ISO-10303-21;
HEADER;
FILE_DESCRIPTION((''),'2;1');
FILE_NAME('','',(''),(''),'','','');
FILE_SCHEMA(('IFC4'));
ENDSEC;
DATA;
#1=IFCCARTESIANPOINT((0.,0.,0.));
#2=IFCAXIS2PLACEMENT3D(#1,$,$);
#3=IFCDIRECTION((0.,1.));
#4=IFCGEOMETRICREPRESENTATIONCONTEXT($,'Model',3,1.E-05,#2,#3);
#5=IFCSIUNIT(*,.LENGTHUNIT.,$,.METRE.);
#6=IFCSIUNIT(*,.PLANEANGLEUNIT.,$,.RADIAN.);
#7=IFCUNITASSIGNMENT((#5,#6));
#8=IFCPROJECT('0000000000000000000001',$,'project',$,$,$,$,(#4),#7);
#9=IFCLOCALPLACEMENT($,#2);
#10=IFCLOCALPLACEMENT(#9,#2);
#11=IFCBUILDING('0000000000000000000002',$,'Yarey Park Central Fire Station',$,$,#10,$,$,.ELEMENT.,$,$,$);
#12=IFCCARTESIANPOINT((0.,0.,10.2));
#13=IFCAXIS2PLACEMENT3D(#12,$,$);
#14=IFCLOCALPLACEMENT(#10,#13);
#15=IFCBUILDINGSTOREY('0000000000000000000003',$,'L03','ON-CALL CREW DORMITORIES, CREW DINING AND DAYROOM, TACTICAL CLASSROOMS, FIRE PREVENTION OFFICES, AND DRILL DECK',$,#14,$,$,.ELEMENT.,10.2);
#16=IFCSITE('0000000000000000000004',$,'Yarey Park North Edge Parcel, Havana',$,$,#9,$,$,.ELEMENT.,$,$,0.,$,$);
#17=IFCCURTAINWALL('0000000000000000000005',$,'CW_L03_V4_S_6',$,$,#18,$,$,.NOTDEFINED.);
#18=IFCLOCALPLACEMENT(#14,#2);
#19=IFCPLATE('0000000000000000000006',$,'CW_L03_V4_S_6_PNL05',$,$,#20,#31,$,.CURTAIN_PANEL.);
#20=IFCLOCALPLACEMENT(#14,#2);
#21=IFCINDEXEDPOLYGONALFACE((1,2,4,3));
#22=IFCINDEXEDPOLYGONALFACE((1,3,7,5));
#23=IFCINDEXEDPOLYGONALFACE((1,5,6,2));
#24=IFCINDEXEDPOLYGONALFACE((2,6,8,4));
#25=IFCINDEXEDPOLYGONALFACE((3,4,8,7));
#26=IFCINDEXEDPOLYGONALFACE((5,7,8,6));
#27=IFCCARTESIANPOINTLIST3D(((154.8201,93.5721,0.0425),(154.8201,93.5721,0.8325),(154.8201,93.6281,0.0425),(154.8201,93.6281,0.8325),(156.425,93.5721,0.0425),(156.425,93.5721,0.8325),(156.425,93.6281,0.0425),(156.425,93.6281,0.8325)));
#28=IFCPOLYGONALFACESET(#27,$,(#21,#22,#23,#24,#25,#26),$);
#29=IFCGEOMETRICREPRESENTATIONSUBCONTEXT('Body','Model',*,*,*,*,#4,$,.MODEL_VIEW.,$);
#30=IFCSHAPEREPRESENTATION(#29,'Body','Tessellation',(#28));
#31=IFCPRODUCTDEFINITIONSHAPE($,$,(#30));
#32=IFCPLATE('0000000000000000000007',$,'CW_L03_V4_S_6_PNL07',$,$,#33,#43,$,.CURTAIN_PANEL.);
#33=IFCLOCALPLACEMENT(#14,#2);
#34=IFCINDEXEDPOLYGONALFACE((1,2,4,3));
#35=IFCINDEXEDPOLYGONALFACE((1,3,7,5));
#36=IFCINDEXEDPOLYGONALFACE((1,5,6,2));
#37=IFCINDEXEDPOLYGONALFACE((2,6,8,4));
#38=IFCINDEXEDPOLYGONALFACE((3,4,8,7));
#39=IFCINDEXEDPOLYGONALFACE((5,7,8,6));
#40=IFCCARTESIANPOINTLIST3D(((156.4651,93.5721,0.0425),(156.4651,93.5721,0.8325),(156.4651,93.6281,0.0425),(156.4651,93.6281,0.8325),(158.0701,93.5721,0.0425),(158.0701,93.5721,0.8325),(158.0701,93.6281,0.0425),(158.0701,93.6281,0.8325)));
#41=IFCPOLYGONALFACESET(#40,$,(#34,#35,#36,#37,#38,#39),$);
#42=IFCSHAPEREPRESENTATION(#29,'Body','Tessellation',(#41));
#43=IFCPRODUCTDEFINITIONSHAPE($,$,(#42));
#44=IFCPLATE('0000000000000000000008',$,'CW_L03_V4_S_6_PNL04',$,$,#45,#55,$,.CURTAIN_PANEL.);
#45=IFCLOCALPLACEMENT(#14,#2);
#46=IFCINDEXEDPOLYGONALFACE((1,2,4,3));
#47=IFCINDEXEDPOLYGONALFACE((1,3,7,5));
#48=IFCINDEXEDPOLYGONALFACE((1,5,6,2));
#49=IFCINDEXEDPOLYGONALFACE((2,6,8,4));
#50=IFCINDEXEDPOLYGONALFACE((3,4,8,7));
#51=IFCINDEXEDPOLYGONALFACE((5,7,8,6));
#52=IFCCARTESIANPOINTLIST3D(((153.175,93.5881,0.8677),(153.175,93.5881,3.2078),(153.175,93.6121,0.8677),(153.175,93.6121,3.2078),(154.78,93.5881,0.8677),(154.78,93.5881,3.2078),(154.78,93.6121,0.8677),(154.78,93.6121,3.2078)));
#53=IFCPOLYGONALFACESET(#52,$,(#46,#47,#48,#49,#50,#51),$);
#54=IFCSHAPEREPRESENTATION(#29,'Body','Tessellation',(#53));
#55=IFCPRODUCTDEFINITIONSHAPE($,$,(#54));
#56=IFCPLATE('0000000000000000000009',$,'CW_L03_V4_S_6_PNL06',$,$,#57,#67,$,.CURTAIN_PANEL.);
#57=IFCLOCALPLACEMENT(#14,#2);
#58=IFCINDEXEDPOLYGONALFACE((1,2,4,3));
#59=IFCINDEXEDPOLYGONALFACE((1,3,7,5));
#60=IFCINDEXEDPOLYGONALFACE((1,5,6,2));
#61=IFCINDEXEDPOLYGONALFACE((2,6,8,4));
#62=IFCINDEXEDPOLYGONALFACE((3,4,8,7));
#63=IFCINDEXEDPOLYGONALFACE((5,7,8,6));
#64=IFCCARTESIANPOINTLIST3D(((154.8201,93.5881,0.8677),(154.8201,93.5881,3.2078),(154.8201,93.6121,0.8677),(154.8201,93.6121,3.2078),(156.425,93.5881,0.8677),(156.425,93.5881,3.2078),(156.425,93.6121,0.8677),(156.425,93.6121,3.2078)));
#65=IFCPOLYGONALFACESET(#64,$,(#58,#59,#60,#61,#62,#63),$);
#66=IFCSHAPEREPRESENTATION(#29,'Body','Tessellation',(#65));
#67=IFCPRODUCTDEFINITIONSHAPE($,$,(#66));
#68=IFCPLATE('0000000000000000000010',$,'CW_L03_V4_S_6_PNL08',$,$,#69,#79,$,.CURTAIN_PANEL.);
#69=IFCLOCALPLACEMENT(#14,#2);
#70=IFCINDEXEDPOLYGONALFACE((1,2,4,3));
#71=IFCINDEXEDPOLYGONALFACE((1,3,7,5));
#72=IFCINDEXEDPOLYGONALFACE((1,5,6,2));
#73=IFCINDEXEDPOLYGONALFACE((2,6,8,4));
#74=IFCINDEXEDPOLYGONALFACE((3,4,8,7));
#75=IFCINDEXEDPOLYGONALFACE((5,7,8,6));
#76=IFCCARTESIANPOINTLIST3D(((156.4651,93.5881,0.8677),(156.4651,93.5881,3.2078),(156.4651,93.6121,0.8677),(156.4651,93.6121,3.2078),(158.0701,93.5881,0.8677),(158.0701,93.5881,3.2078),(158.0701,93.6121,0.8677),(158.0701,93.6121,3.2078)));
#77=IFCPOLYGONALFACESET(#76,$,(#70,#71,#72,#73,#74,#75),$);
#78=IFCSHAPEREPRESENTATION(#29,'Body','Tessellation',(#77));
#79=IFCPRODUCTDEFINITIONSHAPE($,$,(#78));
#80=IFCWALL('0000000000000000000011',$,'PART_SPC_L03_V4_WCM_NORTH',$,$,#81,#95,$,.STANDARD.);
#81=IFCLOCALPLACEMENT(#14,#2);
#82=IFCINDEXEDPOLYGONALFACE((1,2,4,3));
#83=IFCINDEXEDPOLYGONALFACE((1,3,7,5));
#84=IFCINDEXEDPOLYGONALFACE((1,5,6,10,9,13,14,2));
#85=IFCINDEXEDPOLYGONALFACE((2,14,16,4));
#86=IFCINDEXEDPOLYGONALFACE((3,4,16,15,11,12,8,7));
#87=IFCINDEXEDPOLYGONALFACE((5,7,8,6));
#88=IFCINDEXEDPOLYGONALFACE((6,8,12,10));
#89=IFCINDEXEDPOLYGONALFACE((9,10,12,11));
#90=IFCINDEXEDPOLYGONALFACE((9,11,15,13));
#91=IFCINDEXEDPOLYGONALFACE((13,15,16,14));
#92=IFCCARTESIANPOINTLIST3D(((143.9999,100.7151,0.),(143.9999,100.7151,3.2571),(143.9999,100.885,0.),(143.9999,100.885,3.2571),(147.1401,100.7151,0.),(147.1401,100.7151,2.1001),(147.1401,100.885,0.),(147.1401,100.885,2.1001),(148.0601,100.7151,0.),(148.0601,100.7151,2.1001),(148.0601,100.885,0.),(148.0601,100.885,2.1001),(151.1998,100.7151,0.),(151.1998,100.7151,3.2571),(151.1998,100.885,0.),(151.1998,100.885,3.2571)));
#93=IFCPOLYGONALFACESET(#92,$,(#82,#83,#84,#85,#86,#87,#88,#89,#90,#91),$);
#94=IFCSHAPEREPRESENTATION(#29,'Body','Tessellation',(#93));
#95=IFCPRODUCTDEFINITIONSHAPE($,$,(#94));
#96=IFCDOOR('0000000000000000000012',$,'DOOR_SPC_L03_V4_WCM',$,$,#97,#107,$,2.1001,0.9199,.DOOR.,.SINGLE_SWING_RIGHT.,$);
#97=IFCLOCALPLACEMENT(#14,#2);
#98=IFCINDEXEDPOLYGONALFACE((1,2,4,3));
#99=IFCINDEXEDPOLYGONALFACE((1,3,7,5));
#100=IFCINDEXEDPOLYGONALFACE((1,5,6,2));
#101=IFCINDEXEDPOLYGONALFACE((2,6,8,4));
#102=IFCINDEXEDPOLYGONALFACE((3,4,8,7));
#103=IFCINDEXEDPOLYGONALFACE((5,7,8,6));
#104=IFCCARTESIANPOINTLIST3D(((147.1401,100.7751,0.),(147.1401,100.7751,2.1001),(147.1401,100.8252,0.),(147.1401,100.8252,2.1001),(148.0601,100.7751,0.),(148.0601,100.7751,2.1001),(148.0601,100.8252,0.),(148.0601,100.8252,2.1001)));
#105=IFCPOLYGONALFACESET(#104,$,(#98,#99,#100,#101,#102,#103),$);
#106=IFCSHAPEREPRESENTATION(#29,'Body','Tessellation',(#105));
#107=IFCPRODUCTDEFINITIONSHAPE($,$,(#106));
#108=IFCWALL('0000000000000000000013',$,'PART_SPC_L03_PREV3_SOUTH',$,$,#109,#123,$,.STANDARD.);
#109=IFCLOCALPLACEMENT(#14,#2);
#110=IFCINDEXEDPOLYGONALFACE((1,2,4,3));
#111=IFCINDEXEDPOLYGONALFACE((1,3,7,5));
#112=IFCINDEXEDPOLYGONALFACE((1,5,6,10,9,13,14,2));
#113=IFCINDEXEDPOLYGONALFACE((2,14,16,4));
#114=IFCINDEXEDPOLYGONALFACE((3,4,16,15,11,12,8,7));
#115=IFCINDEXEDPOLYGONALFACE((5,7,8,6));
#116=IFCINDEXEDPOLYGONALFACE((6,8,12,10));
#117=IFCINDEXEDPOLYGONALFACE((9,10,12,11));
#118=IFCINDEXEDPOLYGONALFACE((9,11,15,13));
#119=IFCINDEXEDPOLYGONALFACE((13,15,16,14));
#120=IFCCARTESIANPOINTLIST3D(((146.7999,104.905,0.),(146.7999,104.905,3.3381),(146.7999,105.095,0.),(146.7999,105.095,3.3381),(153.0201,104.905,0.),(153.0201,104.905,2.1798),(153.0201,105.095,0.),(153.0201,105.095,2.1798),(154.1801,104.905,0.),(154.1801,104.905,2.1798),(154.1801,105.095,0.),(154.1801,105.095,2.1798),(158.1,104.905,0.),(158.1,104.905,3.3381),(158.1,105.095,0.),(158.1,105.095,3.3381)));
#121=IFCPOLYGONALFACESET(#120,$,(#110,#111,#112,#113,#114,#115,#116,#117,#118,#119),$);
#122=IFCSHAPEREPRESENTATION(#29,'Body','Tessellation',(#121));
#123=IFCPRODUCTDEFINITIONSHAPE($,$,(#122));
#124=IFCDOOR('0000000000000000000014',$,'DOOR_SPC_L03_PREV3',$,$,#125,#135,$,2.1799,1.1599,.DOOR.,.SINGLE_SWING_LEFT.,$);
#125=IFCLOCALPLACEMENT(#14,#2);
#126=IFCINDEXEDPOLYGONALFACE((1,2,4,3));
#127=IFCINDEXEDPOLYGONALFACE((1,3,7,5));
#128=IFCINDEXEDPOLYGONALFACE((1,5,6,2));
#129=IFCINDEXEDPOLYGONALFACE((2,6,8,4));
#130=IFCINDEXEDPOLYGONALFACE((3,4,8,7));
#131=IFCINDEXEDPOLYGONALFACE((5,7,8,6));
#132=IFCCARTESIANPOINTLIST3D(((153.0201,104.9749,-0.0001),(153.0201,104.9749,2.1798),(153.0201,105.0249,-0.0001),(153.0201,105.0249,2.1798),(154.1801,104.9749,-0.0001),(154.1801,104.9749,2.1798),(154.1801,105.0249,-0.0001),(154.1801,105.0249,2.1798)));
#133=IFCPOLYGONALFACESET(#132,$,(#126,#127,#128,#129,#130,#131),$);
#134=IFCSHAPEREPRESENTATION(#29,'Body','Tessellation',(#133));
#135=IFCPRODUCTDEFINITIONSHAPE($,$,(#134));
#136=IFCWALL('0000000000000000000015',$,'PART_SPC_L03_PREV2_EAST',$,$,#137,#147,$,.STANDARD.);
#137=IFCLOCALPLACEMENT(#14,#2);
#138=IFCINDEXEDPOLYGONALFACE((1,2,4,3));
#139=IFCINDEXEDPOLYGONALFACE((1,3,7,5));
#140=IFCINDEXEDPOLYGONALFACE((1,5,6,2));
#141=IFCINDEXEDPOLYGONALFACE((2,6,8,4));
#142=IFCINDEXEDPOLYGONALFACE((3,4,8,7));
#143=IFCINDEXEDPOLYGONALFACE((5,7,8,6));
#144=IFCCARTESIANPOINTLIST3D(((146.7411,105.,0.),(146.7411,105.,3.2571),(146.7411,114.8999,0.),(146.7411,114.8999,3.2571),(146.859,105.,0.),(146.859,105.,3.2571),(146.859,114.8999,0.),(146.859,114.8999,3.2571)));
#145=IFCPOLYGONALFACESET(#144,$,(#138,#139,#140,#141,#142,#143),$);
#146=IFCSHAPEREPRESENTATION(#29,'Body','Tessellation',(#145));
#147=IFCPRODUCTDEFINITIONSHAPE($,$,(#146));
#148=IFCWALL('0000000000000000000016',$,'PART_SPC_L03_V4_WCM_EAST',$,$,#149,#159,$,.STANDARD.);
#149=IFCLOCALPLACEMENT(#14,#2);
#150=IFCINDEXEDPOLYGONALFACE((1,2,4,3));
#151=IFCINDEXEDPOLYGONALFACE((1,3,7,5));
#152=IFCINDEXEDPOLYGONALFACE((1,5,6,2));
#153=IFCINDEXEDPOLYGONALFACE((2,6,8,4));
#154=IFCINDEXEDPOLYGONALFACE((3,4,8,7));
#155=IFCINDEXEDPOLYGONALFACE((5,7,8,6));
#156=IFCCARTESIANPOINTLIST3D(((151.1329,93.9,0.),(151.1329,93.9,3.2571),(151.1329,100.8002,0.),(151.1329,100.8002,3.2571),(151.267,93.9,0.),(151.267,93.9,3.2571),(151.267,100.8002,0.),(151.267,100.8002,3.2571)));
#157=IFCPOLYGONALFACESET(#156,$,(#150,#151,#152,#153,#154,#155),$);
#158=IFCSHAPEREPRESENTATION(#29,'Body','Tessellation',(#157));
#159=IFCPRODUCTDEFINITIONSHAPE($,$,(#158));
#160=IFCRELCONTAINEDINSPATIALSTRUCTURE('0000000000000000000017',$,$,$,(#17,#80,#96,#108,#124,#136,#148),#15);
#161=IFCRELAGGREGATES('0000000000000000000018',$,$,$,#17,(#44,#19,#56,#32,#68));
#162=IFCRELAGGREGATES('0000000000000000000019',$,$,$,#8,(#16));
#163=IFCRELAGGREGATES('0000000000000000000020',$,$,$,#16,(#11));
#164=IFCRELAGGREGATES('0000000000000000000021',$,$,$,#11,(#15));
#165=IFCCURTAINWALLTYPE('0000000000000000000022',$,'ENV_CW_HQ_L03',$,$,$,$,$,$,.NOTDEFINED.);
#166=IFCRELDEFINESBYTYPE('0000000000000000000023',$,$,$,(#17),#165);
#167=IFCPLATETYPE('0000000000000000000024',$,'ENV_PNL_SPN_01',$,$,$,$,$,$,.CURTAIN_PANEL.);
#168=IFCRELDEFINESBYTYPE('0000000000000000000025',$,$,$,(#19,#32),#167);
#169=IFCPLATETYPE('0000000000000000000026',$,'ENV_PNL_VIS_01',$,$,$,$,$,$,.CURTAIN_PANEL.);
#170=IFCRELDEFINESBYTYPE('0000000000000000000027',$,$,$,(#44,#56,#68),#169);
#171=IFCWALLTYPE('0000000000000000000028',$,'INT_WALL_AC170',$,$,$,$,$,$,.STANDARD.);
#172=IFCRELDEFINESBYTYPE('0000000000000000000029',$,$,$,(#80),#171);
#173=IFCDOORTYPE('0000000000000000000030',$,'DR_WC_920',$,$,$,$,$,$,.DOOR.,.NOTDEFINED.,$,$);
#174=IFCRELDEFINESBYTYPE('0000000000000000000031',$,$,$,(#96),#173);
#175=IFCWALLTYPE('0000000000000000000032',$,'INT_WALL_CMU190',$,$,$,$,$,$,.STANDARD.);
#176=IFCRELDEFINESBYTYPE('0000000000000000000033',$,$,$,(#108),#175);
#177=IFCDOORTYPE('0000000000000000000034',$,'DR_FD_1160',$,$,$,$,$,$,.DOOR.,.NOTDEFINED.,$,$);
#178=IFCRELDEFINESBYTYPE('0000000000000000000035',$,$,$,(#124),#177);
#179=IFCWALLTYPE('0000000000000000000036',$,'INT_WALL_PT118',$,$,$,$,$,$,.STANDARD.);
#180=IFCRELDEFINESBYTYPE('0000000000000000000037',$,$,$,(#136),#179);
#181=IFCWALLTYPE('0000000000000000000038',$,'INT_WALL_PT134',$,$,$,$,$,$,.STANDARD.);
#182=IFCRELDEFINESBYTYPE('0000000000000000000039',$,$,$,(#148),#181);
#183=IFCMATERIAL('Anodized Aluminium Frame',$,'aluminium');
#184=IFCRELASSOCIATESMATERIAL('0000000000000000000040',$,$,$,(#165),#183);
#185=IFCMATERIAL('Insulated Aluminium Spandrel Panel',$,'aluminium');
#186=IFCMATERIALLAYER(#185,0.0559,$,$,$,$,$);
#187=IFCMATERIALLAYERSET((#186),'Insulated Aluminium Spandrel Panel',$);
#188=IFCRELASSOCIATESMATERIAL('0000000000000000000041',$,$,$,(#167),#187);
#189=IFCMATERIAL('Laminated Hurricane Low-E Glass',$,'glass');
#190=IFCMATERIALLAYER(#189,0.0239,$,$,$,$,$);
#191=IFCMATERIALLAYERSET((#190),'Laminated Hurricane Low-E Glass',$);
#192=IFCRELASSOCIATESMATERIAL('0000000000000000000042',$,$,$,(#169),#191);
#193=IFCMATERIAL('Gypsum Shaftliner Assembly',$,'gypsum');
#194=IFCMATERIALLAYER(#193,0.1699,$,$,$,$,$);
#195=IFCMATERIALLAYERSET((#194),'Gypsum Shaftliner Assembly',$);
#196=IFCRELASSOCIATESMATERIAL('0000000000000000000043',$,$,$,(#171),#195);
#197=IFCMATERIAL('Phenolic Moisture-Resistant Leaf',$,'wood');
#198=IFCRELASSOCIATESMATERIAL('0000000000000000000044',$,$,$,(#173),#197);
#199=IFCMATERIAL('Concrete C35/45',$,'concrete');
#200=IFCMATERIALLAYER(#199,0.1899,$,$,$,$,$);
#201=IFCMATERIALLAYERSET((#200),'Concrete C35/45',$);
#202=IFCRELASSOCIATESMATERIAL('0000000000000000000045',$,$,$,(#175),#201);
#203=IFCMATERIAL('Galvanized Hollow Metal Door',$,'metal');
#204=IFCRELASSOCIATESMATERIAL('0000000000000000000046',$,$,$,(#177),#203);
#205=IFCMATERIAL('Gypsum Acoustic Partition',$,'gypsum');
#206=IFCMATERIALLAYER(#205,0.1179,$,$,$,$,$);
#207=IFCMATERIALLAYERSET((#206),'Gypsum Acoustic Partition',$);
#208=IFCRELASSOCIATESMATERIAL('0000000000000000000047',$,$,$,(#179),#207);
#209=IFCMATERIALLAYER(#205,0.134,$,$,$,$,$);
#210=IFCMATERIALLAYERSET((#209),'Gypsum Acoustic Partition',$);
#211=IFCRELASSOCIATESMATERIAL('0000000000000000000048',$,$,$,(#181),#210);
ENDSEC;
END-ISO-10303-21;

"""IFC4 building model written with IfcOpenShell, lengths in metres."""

from ifc_helpers import new_model, si_unit, direction, frame, frame_2d, origin, origin_2d, place, context, subcontext, project, spatial, rectangle, extrude, material, layer, layer_set, type_object, element, fill, aggregate, save


model = new_model("IFC4")

# Units and contexts
model_context = context("Model", 3, precision=1e-05, world=origin(), true_north=direction((0.0, 1.0)))
body_context = subcontext(model_context, "Body", "Model", "MODEL_VIEW")
ifc_project = project(units=[si_unit("LENGTHUNIT", "METRE"), si_unit("PLANEANGLEUNIT", "RADIAN")], contexts=[model_context])

# Site, building, storey
site_placement = place(None, origin())
site = spatial("IfcSite", under=ifc_project, at=site_placement, Name="Yarey Park North Edge Parcel, Havana", CompositionType="ELEMENT", RefElevation=0.0)
building_placement = place(site_placement, origin())
building = spatial("IfcBuilding", under=site, at=building_placement, Name="Yarey Park Central Fire Station", CompositionType="ELEMENT")
storey_placement = place(building_placement, frame((0.0, 0.0, 10.2)))
storey = spatial("IfcBuildingStorey", under=building, at=storey_placement, Name="L03", Description="ON-CALL CREW DORMITORIES, CREW DINING AND DAYROOM, TACTICAL CLASSROOMS, FIRE PREVENTION OFFICES, AND DRILL DECK", CompositionType="ELEMENT", Elevation=10.2)

# Shared definitions
ifc_material_1 = material(Name="Anodized Aluminium Frame", Category="aluminium")
curtain_wall_type = type_object("IfcCurtainWallType", Name="ENV_CW_HQ_L03", PredefinedType="NOTDEFINED", material=ifc_material_1)

# Curtain wall
curtain_wall_1_placement = place(storey_placement, origin())
curtain_wall_1 = element("IfcCurtainWall", 1, at=curtain_wall_1_placement, inside=storey, type_object=curtain_wall_type, Name="CW_L03_V4_S_6", PredefinedType="NOTDEFINED")

# Plates
ifc_material_2 = material(Name="Insulated Aluminium Spandrel Panel", Category="aluminium")
ifc_layer_1 = layer(ifc_material_2, 0.0559)
ifc_layer_set_1 = layer_set([ifc_layer_1], Name="Insulated Aluminium Spandrel Panel")
plate_type_1 = type_object("IfcPlateType", Name="ENV_PNL_SPN_01", PredefinedType="CURTAIN_PANEL", material=ifc_layer_set_1)
plate_1_placement = place(storey_placement, frame((155.6226, 93.6001, 0.0425), z_axis=(0.0, 0.0, 1.0), x_axis=(1.0, 0.0, 0.0)))
plate_1 = element("IfcPlate", 2, at=plate_1_placement, type_object=plate_type_1, Name="CW_L03_V4_S_6_PNL05", PredefinedType="CURTAIN_PANEL", context=body_context, shape_type="SweptSolid", body=[
    extrude(rectangle(XDim=1.605, YDim=0.0559, at=origin_2d()), origin(), (0.0, 0.0, 1.0), 0.79),
])
plate_2_placement = place(storey_placement, frame((157.2676, 93.6001, 0.0425), z_axis=(0.0, 0.0, 1.0), x_axis=(1.0, 0.0, 0.0)))
plate_2 = element("IfcPlate", 3, at=plate_2_placement, type_object=plate_type_1, Name="CW_L03_V4_S_6_PNL07", PredefinedType="CURTAIN_PANEL", context=body_context, shape_type="SweptSolid", body=[
    extrude(rectangle(XDim=1.605, YDim=0.0559, at=origin_2d()), origin(), (0.0, 0.0, 1.0), 0.79),
])
ifc_material_3 = material(Name="Laminated Hurricane Low-E Glass", Category="glass")
ifc_layer_2 = layer(ifc_material_3, 0.0239)
ifc_layer_set_2 = layer_set([ifc_layer_2], Name="Laminated Hurricane Low-E Glass")
plate_type_2 = type_object("IfcPlateType", Name="ENV_PNL_VIS_01", PredefinedType="CURTAIN_PANEL", material=ifc_layer_set_2)
plate_3_placement = place(storey_placement, frame((153.9775, 93.6001, 0.8677), z_axis=(0.0, 0.0, 1.0), x_axis=(1.0, 0.0, 0.0)))
plate_3 = element("IfcPlate", 4, at=plate_3_placement, type_object=plate_type_2, Name="CW_L03_V4_S_6_PNL04", PredefinedType="CURTAIN_PANEL", context=body_context, shape_type="SweptSolid", body=[
    extrude(rectangle(XDim=1.605, YDim=0.0239, at=origin_2d()), origin(), (0.0, 0.0, 1.0), 2.3401),
])
plate_4_placement = place(storey_placement, frame((155.6226, 93.6001, 0.8677), z_axis=(0.0, 0.0, 1.0), x_axis=(1.0, 0.0, 0.0)))
plate_4 = element("IfcPlate", 5, at=plate_4_placement, type_object=plate_type_2, Name="CW_L03_V4_S_6_PNL06", PredefinedType="CURTAIN_PANEL", context=body_context, shape_type="SweptSolid", body=[
    extrude(rectangle(XDim=1.605, YDim=0.0239, at=origin_2d()), origin(), (0.0, 0.0, 1.0), 2.3401),
])
plate_5_placement = place(storey_placement, frame((157.2676, 93.6001, 0.8677), z_axis=(0.0, 0.0, 1.0), x_axis=(1.0, 0.0, 0.0)))
plate_5 = element("IfcPlate", 6, at=plate_5_placement, type_object=plate_type_2, Name="CW_L03_V4_S_6_PNL08", PredefinedType="CURTAIN_PANEL", context=body_context, shape_type="SweptSolid", body=[
    extrude(rectangle(XDim=1.605, YDim=0.0239, at=origin_2d()), origin(), (0.0, 0.0, 1.0), 2.3401),
])
aggregate(curtain_wall_1, [plate_3, plate_1, plate_4, plate_2, plate_5])

# Walls, openings, doors
ifc_material_4 = material(Name="Gypsum Shaftliner Assembly", Category="gypsum")
ifc_layer_3 = layer(ifc_material_4, 0.1699)
ifc_layer_set_3 = layer_set([ifc_layer_3], Name="Gypsum Shaftliner Assembly")
wall_type_1 = type_object("IfcWallType", Name="INT_WALL_AC170", PredefinedType="STANDARD", material=ifc_layer_set_3)
wall_1_placement = place(storey_placement, frame((151.2, 100.8, 0.0), z_axis=(0.0, 0.0, 1.0), x_axis=(-1.0, 0.0, 0.0)))
wall_1 = element("IfcWall", 7, at=wall_1_placement, inside=storey, type_object=wall_type_1, Name="PART_SPC_L03_V4_WCM_NORTH", PredefinedType="STANDARD", context=body_context, shape_type="SweptSolid", body=[
    extrude(rectangle(XDim=7.2, YDim=0.1699, at=frame_2d((3.6001, 0.0))), origin(), (0.0, 0.0, 1.0), 3.2571),
])
opening_1_placement = place(wall_1_placement, frame((3.1399, 0.0, 0.0)))
opening_1 = element("IfcOpeningElement", 8, at=opening_1_placement, cuts=wall_1, PredefinedType="OPENING", context=body_context, shape_type="SweptSolid", body=[
    extrude(rectangle(XDim=0.9199, YDim=2.1001, at=frame_2d((0.46, 1.05))), frame((0.0, 0.095, 0.0), z_axis=(0.0, -1.0, 0.0), x_axis=(1.0, 0.0, 0.0)), (0.0, 0.0, 1.0), 0.1899),
])
ifc_material_5 = material(Name="Phenolic Moisture-Resistant Leaf", Category="wood")
door_type_1 = type_object("IfcDoorType", Name="DR_WC_920", OperationType="NOTDEFINED", PredefinedType="DOOR", material=ifc_material_5)
door_1_placement = place(opening_1_placement, origin())
door_1 = element("IfcDoor", 9, at=door_1_placement, inside=storey, type_object=door_type_1, Name="DOOR_SPC_L03_V4_WCM", OperationType="SINGLE_SWING_RIGHT", OverallHeight=2.1001, OverallWidth=0.9199, PredefinedType="DOOR", context=body_context, shape_type="SweptSolid", body=[
    extrude(rectangle(XDim=0.9199, YDim=2.1001, at=frame_2d((0.46, 1.05))), frame((0.0, 0.0249, 0.0), z_axis=(0.0, -1.0, 0.0), x_axis=(1.0, 0.0, 0.0)), (0.0, 0.0, 1.0), 0.05),
])
fill(opening_1, door_1)
ifc_material_6 = material(Name="Concrete C35/45", Category="concrete")
ifc_layer_4 = layer(ifc_material_6, 0.1899)
ifc_layer_set_4 = layer_set([ifc_layer_4], Name="Concrete C35/45")
wall_type_2 = type_object("IfcWallType", Name="INT_WALL_CMU190", PredefinedType="STANDARD", material=ifc_layer_set_4)
wall_2_placement = place(storey_placement, frame((146.8, 105.0, 0.0), z_axis=(0.0, 0.0, 1.0), x_axis=(1.0, 0.0, 0.0)))
wall_2 = element("IfcWall", 10, at=wall_2_placement, inside=storey, type_object=wall_type_2, Name="PART_SPC_L03_PREV3_SOUTH", PredefinedType="STANDARD", context=body_context, shape_type="SweptSolid", body=[
    extrude(rectangle(XDim=11.3, YDim=0.1899, at=frame_2d((5.6499, 0.0))), origin(), (0.0, 0.0, 1.0), 3.3381),
])
opening_2_placement = place(wall_2_placement, frame((6.22, 0.0, 0.0)))
opening_2 = element("IfcOpeningElement", 11, at=opening_2_placement, cuts=wall_2, PredefinedType="OPENING", context=body_context, shape_type="SweptSolid", body=[
    extrude(rectangle(XDim=1.1599, YDim=2.1799, at=frame_2d((0.5801, 1.0898))), frame((0.0, 0.105, 0.0), z_axis=(0.0, -1.0, 0.0), x_axis=(1.0, 0.0, 0.0)), (0.0, 0.0, 1.0), 0.21),
])
ifc_material_7 = material(Name="Galvanized Hollow Metal Door", Category="metal")
door_type_2 = type_object("IfcDoorType", Name="DR_FD_1160", OperationType="NOTDEFINED", PredefinedType="DOOR", material=ifc_material_7)
door_2_placement = place(opening_2_placement, origin())
door_2 = element("IfcDoor", 12, at=door_2_placement, inside=storey, type_object=door_type_2, Name="DOOR_SPC_L03_PREV3", OperationType="SINGLE_SWING_LEFT", OverallHeight=2.1799, OverallWidth=1.1599, PredefinedType="DOOR", context=body_context, shape_type="SweptSolid", body=[
    extrude(rectangle(XDim=1.1599, YDim=2.1799, at=frame_2d((0.5801, 1.0898))), frame((0.0, 0.0249, 0.0), z_axis=(0.0, -1.0, 0.0), x_axis=(1.0, 0.0, 0.0)), (0.0, 0.0, 1.0), 0.05),
])
fill(opening_2, door_2)

# Walls
ifc_material_8 = material(Name="Gypsum Acoustic Partition", Category="gypsum")
ifc_layer_5 = layer(ifc_material_8, 0.1179)
ifc_layer_set_5 = layer_set([ifc_layer_5], Name="Gypsum Acoustic Partition")
wall_type_3 = type_object("IfcWallType", Name="INT_WALL_PT118", PredefinedType="STANDARD", material=ifc_layer_set_5)
wall_3_placement = place(storey_placement, frame((146.8, 105.0, 0.0), z_axis=(0.0, 0.0, 1.0), x_axis=(0.0, 1.0, 0.0)))
element("IfcWall", 13, at=wall_3_placement, inside=storey, type_object=wall_type_3, Name="PART_SPC_L03_PREV2_EAST", PredefinedType="STANDARD", context=body_context, shape_type="SweptSolid", body=[
    extrude(rectangle(XDim=9.8999, YDim=0.1179, at=frame_2d((4.95, 0.0))), origin(), (0.0, 0.0, 1.0), 3.2571),
])
ifc_layer_6 = layer(ifc_material_8, 0.134)
ifc_layer_set_6 = layer_set([ifc_layer_6], Name="Gypsum Acoustic Partition")
wall_type_4 = type_object("IfcWallType", Name="INT_WALL_PT134", PredefinedType="STANDARD", material=ifc_layer_set_6)
wall_4_placement = place(storey_placement, frame((151.2, 93.8999, 0.0), z_axis=(0.0, 0.0, 1.0), x_axis=(0.0, 1.0, 0.0)))
element("IfcWall", 14, at=wall_4_placement, inside=storey, type_object=wall_type_4, Name="PART_SPC_L03_V4_WCM_EAST", PredefinedType="STANDARD", context=body_context, shape_type="SweptSolid", body=[
    extrude(rectangle(XDim=6.9001, YDim=0.134, at=frame_2d((3.4502, 0.0))), origin(), (0.0, 0.0, 1.0), 3.2571),
])

save(model, "model.ifc")
